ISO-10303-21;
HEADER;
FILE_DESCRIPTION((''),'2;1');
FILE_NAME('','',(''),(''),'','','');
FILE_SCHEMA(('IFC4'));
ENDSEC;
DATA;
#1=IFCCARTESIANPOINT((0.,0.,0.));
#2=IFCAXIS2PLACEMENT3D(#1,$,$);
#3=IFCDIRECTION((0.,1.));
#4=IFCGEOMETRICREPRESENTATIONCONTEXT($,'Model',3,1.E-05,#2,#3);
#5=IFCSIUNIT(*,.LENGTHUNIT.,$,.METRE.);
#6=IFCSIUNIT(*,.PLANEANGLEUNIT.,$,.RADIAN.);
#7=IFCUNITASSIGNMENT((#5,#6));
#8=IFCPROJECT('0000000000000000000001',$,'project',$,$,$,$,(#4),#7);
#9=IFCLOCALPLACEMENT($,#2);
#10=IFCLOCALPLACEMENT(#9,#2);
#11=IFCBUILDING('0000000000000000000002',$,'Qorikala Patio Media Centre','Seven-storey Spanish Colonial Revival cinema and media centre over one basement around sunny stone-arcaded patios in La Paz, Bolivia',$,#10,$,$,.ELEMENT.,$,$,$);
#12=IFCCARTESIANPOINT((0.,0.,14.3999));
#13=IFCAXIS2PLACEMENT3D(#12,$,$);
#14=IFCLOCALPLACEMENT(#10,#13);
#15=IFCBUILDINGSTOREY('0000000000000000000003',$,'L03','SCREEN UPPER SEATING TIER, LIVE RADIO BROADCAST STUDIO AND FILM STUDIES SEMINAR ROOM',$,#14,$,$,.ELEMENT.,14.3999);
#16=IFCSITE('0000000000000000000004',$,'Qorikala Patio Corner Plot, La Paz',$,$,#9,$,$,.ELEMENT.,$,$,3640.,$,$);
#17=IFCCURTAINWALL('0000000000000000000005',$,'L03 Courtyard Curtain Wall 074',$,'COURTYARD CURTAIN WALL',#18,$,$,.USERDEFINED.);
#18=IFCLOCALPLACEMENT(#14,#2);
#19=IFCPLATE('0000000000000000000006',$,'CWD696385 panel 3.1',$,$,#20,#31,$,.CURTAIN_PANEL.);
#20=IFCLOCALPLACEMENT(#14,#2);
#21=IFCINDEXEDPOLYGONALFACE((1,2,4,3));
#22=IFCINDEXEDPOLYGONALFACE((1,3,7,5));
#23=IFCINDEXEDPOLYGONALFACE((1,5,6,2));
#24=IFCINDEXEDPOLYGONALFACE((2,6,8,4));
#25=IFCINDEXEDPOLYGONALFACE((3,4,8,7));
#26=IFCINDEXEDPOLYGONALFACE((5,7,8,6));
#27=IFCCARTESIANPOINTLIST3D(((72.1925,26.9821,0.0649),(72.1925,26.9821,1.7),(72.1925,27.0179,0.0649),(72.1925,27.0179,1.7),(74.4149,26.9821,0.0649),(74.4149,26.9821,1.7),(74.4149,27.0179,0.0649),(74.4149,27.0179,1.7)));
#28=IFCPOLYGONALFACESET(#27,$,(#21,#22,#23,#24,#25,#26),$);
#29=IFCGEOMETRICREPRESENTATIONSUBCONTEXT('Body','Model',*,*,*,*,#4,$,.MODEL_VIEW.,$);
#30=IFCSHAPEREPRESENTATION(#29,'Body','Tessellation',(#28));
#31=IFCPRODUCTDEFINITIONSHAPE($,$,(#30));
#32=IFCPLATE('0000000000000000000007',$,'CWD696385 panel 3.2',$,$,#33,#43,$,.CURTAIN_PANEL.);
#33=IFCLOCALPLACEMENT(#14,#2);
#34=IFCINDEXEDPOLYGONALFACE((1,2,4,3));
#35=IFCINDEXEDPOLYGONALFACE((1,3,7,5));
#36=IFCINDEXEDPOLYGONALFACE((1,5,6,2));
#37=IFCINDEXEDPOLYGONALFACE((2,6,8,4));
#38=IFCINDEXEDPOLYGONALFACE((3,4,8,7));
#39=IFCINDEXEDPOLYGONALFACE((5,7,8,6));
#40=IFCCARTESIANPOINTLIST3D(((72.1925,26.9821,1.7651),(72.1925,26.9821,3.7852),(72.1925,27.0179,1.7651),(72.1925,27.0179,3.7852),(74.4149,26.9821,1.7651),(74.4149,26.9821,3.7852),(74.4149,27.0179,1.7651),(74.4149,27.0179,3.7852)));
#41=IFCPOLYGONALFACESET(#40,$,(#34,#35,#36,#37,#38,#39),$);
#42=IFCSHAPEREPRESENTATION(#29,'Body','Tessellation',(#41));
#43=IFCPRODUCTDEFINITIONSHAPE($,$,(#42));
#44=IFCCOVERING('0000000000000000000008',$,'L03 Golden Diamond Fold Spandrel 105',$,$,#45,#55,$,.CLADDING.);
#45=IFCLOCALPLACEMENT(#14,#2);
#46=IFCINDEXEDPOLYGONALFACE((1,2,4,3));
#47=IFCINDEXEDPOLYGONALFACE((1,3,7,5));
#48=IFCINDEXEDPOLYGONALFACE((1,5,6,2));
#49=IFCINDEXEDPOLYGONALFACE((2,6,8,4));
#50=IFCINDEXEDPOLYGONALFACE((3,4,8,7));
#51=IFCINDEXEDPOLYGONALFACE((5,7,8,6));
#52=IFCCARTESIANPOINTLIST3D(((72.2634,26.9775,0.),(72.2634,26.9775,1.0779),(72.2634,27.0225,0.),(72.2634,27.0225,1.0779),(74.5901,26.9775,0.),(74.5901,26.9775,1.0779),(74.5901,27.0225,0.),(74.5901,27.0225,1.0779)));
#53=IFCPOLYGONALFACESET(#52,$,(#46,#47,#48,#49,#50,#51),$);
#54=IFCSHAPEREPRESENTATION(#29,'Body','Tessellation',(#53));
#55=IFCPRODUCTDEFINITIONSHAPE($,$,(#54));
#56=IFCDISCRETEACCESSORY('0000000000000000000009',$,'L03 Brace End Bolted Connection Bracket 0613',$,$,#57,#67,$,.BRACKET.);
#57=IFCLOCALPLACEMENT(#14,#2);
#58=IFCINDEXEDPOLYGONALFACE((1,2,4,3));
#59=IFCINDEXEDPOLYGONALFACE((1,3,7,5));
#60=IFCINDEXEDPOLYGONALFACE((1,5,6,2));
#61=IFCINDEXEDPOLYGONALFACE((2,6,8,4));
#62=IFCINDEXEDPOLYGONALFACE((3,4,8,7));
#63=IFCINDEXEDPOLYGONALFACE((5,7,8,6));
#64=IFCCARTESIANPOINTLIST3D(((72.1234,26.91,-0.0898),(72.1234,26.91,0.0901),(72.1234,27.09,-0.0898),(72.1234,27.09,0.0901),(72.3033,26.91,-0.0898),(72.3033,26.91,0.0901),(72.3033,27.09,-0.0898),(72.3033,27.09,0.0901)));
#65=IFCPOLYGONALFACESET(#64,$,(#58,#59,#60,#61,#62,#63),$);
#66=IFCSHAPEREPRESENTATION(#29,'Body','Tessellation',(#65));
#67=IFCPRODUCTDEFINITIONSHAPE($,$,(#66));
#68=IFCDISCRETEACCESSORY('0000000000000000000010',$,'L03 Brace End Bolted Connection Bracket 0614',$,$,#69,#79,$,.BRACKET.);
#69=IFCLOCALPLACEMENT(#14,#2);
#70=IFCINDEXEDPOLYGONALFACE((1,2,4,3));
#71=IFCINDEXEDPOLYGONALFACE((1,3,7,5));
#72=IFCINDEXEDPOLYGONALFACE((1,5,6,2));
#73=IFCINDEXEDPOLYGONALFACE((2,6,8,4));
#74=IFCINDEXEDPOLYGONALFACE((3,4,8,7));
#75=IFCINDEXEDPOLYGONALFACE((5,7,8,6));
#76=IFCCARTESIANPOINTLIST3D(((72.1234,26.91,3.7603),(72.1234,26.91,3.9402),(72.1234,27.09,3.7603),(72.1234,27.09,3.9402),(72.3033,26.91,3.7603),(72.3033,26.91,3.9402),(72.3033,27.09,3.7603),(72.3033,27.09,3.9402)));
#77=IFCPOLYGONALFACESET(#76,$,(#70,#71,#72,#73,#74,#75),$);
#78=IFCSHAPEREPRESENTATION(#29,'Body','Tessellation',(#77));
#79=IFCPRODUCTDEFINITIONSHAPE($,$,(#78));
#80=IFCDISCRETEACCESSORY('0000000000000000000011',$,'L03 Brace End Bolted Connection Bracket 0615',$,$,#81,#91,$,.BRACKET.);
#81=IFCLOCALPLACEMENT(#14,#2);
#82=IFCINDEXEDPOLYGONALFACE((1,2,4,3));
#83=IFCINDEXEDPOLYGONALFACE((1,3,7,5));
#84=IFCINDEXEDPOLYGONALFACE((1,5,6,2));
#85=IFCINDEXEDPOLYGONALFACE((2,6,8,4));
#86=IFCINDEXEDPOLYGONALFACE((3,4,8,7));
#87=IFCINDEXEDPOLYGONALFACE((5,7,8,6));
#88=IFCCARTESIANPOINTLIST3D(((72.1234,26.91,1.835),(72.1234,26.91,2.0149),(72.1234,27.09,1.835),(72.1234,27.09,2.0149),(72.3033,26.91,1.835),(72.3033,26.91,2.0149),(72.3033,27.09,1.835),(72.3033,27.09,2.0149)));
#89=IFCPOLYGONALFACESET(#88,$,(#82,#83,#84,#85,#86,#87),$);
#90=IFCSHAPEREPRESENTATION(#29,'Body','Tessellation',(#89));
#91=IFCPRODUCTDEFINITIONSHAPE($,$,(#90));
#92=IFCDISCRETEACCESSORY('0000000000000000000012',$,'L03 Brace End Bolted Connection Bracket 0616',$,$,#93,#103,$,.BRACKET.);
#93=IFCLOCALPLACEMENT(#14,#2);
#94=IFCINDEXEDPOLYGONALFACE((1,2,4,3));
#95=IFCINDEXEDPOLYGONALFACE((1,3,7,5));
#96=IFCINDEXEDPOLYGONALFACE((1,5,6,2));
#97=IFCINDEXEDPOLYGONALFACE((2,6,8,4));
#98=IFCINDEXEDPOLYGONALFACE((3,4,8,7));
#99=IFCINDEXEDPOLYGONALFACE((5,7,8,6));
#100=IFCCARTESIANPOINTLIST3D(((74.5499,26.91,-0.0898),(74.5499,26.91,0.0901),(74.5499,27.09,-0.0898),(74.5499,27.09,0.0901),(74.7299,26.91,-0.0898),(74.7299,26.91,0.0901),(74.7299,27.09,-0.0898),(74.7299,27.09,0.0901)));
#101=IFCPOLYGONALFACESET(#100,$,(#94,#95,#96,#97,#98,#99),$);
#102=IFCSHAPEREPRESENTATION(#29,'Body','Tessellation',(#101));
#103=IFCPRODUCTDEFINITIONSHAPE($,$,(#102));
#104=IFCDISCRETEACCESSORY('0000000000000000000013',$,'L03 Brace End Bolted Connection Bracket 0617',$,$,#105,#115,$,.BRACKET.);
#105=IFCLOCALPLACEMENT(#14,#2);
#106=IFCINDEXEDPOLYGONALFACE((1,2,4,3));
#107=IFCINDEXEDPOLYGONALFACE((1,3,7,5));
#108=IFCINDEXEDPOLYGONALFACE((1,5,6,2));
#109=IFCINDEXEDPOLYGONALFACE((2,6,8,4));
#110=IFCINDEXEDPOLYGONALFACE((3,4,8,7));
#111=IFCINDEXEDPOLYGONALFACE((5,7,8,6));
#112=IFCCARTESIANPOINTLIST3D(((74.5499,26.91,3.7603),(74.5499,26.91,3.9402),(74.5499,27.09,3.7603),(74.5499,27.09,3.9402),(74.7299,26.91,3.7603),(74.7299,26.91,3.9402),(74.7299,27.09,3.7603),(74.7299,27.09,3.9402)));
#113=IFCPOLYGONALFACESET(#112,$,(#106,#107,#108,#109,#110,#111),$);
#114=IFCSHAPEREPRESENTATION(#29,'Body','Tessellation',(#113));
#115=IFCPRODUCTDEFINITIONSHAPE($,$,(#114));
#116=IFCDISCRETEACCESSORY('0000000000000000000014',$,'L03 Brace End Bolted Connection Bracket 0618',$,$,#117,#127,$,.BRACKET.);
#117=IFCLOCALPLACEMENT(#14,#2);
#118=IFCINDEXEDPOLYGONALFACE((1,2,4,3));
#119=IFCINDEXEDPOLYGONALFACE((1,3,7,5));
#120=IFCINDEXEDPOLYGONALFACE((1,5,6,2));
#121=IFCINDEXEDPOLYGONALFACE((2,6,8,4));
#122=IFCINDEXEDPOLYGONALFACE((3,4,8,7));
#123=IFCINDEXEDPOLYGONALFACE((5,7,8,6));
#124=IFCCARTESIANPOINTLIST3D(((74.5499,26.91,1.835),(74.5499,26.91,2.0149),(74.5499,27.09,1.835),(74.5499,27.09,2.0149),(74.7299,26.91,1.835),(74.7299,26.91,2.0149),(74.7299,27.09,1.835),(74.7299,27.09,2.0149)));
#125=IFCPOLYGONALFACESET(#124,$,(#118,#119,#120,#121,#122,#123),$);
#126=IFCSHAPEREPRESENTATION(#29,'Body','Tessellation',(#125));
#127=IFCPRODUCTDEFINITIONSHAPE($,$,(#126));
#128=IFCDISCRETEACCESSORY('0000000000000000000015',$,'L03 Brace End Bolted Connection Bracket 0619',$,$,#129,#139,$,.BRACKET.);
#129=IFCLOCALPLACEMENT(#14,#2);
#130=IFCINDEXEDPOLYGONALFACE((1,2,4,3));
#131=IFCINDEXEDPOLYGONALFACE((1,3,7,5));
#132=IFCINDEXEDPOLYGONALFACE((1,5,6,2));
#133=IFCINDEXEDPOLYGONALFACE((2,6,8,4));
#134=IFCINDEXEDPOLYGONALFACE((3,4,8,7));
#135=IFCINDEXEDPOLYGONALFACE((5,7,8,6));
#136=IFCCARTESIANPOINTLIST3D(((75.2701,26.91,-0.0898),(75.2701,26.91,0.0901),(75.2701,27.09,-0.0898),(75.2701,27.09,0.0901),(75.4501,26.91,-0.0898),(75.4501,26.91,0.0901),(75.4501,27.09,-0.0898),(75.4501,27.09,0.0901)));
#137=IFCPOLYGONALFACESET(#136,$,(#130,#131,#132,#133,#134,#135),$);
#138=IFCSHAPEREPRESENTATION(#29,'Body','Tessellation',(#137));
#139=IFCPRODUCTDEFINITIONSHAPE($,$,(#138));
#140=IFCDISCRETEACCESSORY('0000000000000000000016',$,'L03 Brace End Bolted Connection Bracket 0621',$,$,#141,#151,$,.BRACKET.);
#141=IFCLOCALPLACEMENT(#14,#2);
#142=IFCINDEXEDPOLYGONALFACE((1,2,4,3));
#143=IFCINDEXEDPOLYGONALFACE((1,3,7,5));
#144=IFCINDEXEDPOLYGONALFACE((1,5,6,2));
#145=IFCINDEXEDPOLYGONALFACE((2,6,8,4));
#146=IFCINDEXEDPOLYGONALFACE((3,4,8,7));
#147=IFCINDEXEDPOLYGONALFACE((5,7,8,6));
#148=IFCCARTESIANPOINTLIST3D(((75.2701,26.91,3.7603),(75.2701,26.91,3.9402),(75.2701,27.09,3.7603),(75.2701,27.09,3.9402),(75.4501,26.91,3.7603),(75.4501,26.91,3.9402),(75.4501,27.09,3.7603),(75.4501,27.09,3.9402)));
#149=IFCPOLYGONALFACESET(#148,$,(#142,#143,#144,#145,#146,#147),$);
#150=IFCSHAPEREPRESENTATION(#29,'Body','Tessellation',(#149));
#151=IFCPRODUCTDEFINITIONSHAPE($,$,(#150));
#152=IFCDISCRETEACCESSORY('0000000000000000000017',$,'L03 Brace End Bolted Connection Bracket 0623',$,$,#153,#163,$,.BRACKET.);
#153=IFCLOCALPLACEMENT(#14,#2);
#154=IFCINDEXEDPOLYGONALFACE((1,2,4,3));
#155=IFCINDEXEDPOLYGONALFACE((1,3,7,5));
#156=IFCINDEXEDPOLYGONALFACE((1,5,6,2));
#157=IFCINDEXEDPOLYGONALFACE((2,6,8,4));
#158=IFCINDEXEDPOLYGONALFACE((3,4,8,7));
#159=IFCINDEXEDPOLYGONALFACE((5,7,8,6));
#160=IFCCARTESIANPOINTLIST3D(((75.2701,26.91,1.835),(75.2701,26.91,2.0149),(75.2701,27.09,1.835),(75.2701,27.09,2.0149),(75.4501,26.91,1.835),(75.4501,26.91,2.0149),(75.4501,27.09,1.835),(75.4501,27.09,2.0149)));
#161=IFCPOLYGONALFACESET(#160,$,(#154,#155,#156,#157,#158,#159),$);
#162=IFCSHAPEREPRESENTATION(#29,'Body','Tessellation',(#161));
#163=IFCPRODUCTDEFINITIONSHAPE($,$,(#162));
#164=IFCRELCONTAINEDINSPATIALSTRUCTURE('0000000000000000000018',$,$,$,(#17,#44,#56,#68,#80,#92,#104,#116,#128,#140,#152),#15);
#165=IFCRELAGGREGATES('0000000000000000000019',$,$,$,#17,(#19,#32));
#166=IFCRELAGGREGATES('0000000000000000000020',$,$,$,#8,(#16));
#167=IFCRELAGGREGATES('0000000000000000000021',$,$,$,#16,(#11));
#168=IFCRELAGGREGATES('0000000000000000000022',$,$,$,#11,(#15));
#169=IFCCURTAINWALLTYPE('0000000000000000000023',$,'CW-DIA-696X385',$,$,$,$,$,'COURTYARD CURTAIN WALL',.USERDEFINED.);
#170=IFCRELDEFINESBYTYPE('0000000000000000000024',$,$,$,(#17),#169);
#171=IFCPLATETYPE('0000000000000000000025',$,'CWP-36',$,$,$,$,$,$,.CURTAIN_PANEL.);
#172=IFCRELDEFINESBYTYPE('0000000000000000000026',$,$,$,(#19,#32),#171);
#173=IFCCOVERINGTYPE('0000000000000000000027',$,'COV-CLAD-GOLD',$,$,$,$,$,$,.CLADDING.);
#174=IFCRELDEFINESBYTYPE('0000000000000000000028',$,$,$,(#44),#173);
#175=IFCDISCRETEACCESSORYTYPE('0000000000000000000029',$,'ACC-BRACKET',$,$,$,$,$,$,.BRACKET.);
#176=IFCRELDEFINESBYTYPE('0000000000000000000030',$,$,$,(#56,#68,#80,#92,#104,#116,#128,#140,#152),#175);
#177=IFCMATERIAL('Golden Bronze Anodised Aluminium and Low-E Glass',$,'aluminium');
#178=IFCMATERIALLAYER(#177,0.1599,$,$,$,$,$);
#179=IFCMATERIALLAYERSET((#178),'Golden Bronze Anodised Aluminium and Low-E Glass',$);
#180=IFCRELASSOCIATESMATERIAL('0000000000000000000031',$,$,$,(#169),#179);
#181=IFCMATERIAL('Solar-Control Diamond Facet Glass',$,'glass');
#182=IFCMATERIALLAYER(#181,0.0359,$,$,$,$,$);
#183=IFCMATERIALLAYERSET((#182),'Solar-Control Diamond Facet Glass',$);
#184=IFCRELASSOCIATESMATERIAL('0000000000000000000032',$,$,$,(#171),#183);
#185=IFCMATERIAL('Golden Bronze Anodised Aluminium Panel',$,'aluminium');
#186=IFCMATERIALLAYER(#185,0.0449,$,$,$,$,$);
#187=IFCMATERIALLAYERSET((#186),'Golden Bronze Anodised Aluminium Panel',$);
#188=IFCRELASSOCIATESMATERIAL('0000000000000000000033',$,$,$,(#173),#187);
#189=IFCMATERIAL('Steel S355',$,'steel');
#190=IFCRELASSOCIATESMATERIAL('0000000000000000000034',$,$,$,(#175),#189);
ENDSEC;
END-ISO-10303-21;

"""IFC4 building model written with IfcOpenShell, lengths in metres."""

from ifc_helpers import new_model, si_unit, direction, frame, origin, origin_2d, place, context, subcontext, project, spatial, rectangle, extrude, material, layer, layer_set, type_object, element, aggregate, save


model = new_model("IFC4")

# Units and contexts
model_context = context("Model", 3, precision=1e-05, world=origin(), true_north=direction((0.0, 1.0)))
body_context = subcontext(model_context, "Body", "Model", "MODEL_VIEW")
ifc_project = project(units=[si_unit("LENGTHUNIT", "METRE"), si_unit("PLANEANGLEUNIT", "RADIAN")], contexts=[model_context])

# Site, building, storey
site_placement = place(None, origin())
site = spatial("IfcSite", under=ifc_project, at=site_placement, Name="Qorikala Patio Corner Plot, La Paz", CompositionType="ELEMENT", RefElevation=3640.0)
building_placement = place(site_placement, origin())
building = spatial("IfcBuilding", under=site, at=building_placement, Name="Qorikala Patio Media Centre", Description="Seven-storey Spanish Colonial Revival cinema and media centre over one basement around sunny stone-arcaded patios in La Paz, Bolivia", CompositionType="ELEMENT")
storey_placement = place(building_placement, frame((0.0, 0.0, 14.3999)))
storey = spatial("IfcBuildingStorey", under=building, at=storey_placement, Name="L03", Description="SCREEN UPPER SEATING TIER, LIVE RADIO BROADCAST STUDIO AND FILM STUDIES SEMINAR ROOM", CompositionType="ELEMENT", Elevation=14.3999)

# Curtain wall
ifc_material_1 = material(Name="Golden Bronze Anodised Aluminium and Low-E Glass", Category="aluminium")
ifc_layer_1 = layer(ifc_material_1, 0.1599)
ifc_layer_set_1 = layer_set([ifc_layer_1], Name="Golden Bronze Anodised Aluminium and Low-E Glass")
curtain_wall_type_1 = type_object("IfcCurtainWallType", Name="CW-DIA-696X385", ElementType="COURTYARD CURTAIN WALL", PredefinedType="USERDEFINED", material=ifc_layer_set_1)
curtain_wall_1_placement = place(storey_placement, origin())
curtain_wall_1 = element("IfcCurtainWall", 1, at=curtain_wall_1_placement, inside=storey, type_object=curtain_wall_type_1, Name="L03 Courtyard Curtain Wall 074", ObjectType="COURTYARD CURTAIN WALL", PredefinedType="USERDEFINED")

# Plates
ifc_material_2 = material(Name="Solar-Control Diamond Facet Glass", Category="glass")
ifc_layer_2 = layer(ifc_material_2, 0.0359)
ifc_layer_set_2 = layer_set([ifc_layer_2], Name="Solar-Control Diamond Facet Glass")
plate_type = type_object("IfcPlateType", Name="CWP-36", PredefinedType="CURTAIN_PANEL", material=ifc_layer_set_2)
plate_1_placement = place(storey_placement, frame((73.3037, 27.0, 0.0649), z_axis=(0.0, 0.0, 1.0), x_axis=(1.0, 0.0, 0.0)))
plate_1 = element("IfcPlate", 2, at=plate_1_placement, type_object=plate_type, Name="CWD696385 panel 3.1", PredefinedType="CURTAIN_PANEL", context=body_context, shape_type="SweptSolid", body=[
    extrude(rectangle(XDim=2.2224, YDim=0.0359, at=origin_2d()), origin(), (0.0, 0.0, 1.0), 1.635),
])
plate_2_placement = place(storey_placement, frame((73.3037, 27.0, 1.7651), z_axis=(0.0, 0.0, 1.0), x_axis=(1.0, 0.0, 0.0)))
plate_2 = element("IfcPlate", 3, at=plate_2_placement, type_object=plate_type, Name="CWD696385 panel 3.2", PredefinedType="CURTAIN_PANEL", context=body_context, shape_type="SweptSolid", body=[
    extrude(rectangle(XDim=2.2224, YDim=0.0359, at=origin_2d()), origin(), (0.0, 0.0, 1.0), 2.02),
])
aggregate(curtain_wall_1, [plate_1, plate_2])

# Covering
ifc_material_3 = material(Name="Golden Bronze Anodised Aluminium Panel", Category="aluminium")
ifc_layer_3 = layer(ifc_material_3, 0.0449)
ifc_layer_set_3 = layer_set([ifc_layer_3], Name="Golden Bronze Anodised Aluminium Panel")
covering_type = type_object("IfcCoveringType", Name="COV-CLAD-GOLD", PredefinedType="CLADDING", material=ifc_layer_set_3)
covering_placement = place(storey_placement, frame((73.4268, 27.0, 0.0), z_axis=(0.0, 0.0, 1.0), x_axis=(1.0, 0.0, 0.0)))
element("IfcCovering", 4, at=covering_placement, inside=storey, type_object=covering_type, Name="L03 Golden Diamond Fold Spandrel 105", PredefinedType="CLADDING", context=body_context, shape_type="SweptSolid", body=[
    extrude(rectangle(XDim=2.3267, YDim=0.0449, at=origin_2d()), origin(), (0.0, 0.0, 1.0), 1.0779),
])

# Discrete accessories
ifc_material_4 = material(Name="Steel S355", Category="steel")
discrete_accessory_type = type_object("IfcDiscreteAccessoryType", Name="ACC-BRACKET", PredefinedType="BRACKET", material=ifc_material_4)
for number, where, z_axis, x_axis, name in (
    (5, (72.2134, 27.0, -0.0898), (0.0, 0.0, 1.0), (1.0, 0.0, 0.0), "L03 Brace End Bolted Connection Bracket 0613"),
    (6, (72.2134, 27.0, 3.7603), (0.0, 0.0, 1.0), (1.0, 0.0, 0.0), "L03 Brace End Bolted Connection Bracket 0614"),
    (7, (72.2134, 27.0, 1.835), (0.0, 0.0, 1.0), (1.0, 0.0, 0.0), "L03 Brace End Bolted Connection Bracket 0615"),
    (8, (74.6399, 27.0, -0.0898), (0.0, 0.0, 1.0), (1.0, 0.0, 0.0), "L03 Brace End Bolted Connection Bracket 0616"),
    (9, (74.6399, 27.0, 3.7603), (0.0, 0.0, 1.0), (1.0, 0.0, 0.0), "L03 Brace End Bolted Connection Bracket 0617"),
    (10, (74.6399, 27.0, 1.835), (0.0, 0.0, 1.0), (1.0, 0.0, 0.0), "L03 Brace End Bolted Connection Bracket 0618"),
    (11, (75.3601, 27.0, -0.0898), (0.0, 0.0, 1.0), (1.0, 0.0, 0.0), "L03 Brace End Bolted Connection Bracket 0619"),
    (12, (75.3601, 27.0, 3.7603), (0.0, 0.0, 1.0), (1.0, 0.0, 0.0), "L03 Brace End Bolted Connection Bracket 0621"),
    (13, (75.3601, 27.0, 1.835), (0.0, 0.0, 1.0), (1.0, 0.0, 0.0), "L03 Brace End Bolted Connection Bracket 0623"),
):
    element("IfcDiscreteAccessory", number, at=place(storey_placement, frame(where, z_axis=z_axis, x_axis=x_axis)), inside=storey, type_object=discrete_accessory_type, Name=name, PredefinedType="BRACKET", context=body_context, shape_type="SweptSolid", body=[
        extrude(rectangle(XDim=0.1799, YDim=0.1799, at=origin_2d()), origin(), (0.0, 0.0, 1.0), 0.1799),
    ])

save(model, "model.ifc")
